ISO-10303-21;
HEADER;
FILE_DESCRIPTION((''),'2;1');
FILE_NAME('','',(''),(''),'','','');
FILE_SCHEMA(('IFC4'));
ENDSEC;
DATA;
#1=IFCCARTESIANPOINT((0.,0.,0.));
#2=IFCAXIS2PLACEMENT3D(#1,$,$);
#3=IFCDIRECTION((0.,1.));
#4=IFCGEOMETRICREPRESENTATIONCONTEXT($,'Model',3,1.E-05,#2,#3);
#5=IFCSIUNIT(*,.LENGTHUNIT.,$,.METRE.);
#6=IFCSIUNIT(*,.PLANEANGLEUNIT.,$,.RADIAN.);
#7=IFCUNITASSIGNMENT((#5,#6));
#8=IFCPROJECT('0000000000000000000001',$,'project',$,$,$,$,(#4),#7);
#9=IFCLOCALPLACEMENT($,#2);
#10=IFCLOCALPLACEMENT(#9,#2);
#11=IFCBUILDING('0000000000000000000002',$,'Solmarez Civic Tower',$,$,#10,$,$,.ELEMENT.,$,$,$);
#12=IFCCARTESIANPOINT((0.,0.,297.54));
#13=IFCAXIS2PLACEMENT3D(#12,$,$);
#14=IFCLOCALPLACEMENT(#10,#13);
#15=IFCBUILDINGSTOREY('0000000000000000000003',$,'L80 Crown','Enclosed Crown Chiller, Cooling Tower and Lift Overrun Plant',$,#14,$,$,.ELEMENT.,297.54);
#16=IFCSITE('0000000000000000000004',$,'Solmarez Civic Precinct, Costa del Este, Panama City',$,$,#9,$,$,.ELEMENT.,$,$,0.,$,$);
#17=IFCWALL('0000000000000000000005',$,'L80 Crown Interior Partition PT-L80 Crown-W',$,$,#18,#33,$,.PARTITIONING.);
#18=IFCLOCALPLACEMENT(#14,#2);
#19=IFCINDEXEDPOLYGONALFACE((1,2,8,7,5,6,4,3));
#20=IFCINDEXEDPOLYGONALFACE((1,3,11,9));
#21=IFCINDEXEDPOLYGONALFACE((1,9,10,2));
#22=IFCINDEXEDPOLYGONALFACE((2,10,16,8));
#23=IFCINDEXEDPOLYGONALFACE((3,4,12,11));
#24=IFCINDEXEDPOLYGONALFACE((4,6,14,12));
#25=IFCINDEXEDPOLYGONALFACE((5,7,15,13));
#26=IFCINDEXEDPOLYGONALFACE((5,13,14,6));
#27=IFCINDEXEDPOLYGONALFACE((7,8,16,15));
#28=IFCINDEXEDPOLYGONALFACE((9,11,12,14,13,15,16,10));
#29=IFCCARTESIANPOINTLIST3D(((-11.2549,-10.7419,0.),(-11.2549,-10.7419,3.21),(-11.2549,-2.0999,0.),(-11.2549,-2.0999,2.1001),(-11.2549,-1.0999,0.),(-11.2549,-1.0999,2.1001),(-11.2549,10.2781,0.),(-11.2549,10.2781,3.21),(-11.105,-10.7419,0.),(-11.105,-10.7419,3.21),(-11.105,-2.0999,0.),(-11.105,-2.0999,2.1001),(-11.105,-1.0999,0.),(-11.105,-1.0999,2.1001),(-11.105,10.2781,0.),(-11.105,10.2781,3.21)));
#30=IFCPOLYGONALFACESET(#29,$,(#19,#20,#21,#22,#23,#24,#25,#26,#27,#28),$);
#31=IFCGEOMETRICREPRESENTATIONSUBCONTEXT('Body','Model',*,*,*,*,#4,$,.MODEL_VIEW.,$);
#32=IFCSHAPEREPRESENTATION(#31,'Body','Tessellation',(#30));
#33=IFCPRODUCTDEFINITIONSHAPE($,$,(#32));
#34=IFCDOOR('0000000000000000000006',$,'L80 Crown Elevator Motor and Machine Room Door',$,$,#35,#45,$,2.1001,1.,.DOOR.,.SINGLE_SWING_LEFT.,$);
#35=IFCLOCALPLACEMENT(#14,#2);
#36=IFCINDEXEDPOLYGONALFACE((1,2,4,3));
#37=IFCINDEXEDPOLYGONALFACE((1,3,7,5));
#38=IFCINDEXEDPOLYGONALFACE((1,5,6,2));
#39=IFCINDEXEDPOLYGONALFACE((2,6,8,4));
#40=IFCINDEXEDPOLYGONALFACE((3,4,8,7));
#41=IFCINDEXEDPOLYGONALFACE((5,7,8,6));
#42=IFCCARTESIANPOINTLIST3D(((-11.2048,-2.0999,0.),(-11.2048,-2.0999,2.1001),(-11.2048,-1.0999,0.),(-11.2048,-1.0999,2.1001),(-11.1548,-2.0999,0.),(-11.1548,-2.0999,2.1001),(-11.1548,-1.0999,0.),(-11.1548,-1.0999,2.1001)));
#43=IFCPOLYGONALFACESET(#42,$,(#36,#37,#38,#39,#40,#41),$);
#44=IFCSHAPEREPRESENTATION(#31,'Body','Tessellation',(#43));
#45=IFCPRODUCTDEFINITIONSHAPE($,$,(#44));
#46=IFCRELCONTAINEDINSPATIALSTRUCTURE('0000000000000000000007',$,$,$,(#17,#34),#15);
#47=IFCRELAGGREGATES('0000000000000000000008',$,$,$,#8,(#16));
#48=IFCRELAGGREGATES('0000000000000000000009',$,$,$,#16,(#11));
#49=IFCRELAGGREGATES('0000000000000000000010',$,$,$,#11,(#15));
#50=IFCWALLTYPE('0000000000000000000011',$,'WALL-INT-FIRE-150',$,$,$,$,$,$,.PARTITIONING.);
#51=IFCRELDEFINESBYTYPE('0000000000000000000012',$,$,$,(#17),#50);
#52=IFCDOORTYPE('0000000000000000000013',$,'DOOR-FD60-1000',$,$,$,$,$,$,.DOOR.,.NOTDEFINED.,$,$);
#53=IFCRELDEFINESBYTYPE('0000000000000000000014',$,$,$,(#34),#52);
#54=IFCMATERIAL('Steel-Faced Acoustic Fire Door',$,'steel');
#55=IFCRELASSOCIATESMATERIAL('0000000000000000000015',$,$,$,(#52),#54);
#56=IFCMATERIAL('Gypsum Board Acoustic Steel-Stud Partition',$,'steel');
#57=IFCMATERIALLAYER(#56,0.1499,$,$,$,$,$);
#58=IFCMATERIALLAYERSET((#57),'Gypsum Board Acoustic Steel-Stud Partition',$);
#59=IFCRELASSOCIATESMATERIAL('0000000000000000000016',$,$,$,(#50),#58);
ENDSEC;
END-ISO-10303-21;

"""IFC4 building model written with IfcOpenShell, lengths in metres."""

from ifc_helpers import new_model, si_unit, direction, frame, frame_2d, origin, place, context, subcontext, project, spatial, rectangle, extrude, material, layer, layer_set, type_object, element, fill, save


model = new_model("IFC4")

# Units and contexts
model_context = context("Model", 3, precision=1e-05, world=origin(), true_north=direction((0.0, 1.0)))
body_context = subcontext(model_context, "Body", "Model", "MODEL_VIEW")
ifc_project = project(units=[si_unit("LENGTHUNIT", "METRE"), si_unit("PLANEANGLEUNIT", "RADIAN")], contexts=[model_context])

# Site, building, storey
site_placement = place(None, origin())
site = spatial("IfcSite", under=ifc_project, at=site_placement, Name="Solmarez Civic Precinct, Costa del Este, Panama City", CompositionType="ELEMENT", RefElevation=0.0)
building_placement = place(site_placement, origin())
building = spatial("IfcBuilding", under=site, at=building_placement, Name="Solmarez Civic Tower", CompositionType="ELEMENT")
storey_placement = place(building_placement, frame((0.0, 0.0, 297.54)))
storey = spatial("IfcBuildingStorey", under=building, at=storey_placement, Name="L80 Crown", Description="Enclosed Crown Chiller, Cooling Tower and Lift Overrun Plant", CompositionType="ELEMENT", Elevation=297.54)

# Shared definitions
ifc_material_1 = material(Name="Steel-Faced Acoustic Fire Door", Category="steel")
door_type_1 = type_object("IfcDoorType", Name="DOOR-FD60-1000", OperationType="NOTDEFINED", PredefinedType="DOOR", material=ifc_material_1)

# Shared definitions
ifc_material_2 = material(Name="Gypsum Board Acoustic Steel-Stud Partition", Category="steel")
ifc_layer_1 = layer(ifc_material_2, 0.1499)
ifc_layer_set_1 = layer_set([ifc_layer_1], Name="Gypsum Board Acoustic Steel-Stud Partition")
wall_type_1 = type_object("IfcWallType", Name="WALL-INT-FIRE-150", PredefinedType="PARTITIONING", material=ifc_layer_set_1)

# Wall, opening, door
wall_1_placement = place(storey_placement, frame((-11.1799, -10.7419, 0.0), z_axis=(0.0, 0.0, 1.0), x_axis=(0.0, 1.0, 0.0)))
wall_1 = element("IfcWall", 1, at=wall_1_placement, inside=storey, type_object=wall_type_1, Name="L80 Crown Interior Partition PT-L80 Crown-W", PredefinedType="PARTITIONING", context=body_context, shape_type="SweptSolid", body=[
    extrude(rectangle(XDim=21.02, YDim=0.1499, at=frame_2d((10.51, 0.0))), origin(), (0.0, 0.0, 1.0), 3.21),
])
opening_1_placement = place(wall_1_placement, frame((8.6421, 0.0, 0.0)))
opening_1 = element("IfcOpeningElement", 2, at=opening_1_placement, cuts=wall_1, PredefinedType="OPENING", context=body_context, shape_type="SweptSolid", body=[
    extrude(rectangle(XDim=1.0, YDim=2.1001, at=frame_2d((0.5, 1.05))), frame((0.0, 0.085, 0.0), z_axis=(0.0, -1.0, 0.0), x_axis=(1.0, 0.0, 0.0)), (0.0, 0.0, 1.0), 0.1699),
])
door_1_placement = place(opening_1_placement, origin())
door_1 = element("IfcDoor", 3, at=door_1_placement, inside=storey, type_object=door_type_1, Name="L80 Crown Elevator Motor and Machine Room Door", OperationType="SINGLE_SWING_LEFT", OverallHeight=2.1001, OverallWidth=1.0, PredefinedType="DOOR", context=body_context, shape_type="SweptSolid", body=[
    extrude(rectangle(XDim=1.0, YDim=2.1001, at=frame_2d((0.5, 1.05))), frame((0.0, 0.0249, 0.0), z_axis=(0.0, -1.0, 0.0), x_axis=(1.0, 0.0, 0.0)), (0.0, 0.0, 1.0), 0.05),
])
fill(opening_1, door_1)

save(model, "model.ifc")
